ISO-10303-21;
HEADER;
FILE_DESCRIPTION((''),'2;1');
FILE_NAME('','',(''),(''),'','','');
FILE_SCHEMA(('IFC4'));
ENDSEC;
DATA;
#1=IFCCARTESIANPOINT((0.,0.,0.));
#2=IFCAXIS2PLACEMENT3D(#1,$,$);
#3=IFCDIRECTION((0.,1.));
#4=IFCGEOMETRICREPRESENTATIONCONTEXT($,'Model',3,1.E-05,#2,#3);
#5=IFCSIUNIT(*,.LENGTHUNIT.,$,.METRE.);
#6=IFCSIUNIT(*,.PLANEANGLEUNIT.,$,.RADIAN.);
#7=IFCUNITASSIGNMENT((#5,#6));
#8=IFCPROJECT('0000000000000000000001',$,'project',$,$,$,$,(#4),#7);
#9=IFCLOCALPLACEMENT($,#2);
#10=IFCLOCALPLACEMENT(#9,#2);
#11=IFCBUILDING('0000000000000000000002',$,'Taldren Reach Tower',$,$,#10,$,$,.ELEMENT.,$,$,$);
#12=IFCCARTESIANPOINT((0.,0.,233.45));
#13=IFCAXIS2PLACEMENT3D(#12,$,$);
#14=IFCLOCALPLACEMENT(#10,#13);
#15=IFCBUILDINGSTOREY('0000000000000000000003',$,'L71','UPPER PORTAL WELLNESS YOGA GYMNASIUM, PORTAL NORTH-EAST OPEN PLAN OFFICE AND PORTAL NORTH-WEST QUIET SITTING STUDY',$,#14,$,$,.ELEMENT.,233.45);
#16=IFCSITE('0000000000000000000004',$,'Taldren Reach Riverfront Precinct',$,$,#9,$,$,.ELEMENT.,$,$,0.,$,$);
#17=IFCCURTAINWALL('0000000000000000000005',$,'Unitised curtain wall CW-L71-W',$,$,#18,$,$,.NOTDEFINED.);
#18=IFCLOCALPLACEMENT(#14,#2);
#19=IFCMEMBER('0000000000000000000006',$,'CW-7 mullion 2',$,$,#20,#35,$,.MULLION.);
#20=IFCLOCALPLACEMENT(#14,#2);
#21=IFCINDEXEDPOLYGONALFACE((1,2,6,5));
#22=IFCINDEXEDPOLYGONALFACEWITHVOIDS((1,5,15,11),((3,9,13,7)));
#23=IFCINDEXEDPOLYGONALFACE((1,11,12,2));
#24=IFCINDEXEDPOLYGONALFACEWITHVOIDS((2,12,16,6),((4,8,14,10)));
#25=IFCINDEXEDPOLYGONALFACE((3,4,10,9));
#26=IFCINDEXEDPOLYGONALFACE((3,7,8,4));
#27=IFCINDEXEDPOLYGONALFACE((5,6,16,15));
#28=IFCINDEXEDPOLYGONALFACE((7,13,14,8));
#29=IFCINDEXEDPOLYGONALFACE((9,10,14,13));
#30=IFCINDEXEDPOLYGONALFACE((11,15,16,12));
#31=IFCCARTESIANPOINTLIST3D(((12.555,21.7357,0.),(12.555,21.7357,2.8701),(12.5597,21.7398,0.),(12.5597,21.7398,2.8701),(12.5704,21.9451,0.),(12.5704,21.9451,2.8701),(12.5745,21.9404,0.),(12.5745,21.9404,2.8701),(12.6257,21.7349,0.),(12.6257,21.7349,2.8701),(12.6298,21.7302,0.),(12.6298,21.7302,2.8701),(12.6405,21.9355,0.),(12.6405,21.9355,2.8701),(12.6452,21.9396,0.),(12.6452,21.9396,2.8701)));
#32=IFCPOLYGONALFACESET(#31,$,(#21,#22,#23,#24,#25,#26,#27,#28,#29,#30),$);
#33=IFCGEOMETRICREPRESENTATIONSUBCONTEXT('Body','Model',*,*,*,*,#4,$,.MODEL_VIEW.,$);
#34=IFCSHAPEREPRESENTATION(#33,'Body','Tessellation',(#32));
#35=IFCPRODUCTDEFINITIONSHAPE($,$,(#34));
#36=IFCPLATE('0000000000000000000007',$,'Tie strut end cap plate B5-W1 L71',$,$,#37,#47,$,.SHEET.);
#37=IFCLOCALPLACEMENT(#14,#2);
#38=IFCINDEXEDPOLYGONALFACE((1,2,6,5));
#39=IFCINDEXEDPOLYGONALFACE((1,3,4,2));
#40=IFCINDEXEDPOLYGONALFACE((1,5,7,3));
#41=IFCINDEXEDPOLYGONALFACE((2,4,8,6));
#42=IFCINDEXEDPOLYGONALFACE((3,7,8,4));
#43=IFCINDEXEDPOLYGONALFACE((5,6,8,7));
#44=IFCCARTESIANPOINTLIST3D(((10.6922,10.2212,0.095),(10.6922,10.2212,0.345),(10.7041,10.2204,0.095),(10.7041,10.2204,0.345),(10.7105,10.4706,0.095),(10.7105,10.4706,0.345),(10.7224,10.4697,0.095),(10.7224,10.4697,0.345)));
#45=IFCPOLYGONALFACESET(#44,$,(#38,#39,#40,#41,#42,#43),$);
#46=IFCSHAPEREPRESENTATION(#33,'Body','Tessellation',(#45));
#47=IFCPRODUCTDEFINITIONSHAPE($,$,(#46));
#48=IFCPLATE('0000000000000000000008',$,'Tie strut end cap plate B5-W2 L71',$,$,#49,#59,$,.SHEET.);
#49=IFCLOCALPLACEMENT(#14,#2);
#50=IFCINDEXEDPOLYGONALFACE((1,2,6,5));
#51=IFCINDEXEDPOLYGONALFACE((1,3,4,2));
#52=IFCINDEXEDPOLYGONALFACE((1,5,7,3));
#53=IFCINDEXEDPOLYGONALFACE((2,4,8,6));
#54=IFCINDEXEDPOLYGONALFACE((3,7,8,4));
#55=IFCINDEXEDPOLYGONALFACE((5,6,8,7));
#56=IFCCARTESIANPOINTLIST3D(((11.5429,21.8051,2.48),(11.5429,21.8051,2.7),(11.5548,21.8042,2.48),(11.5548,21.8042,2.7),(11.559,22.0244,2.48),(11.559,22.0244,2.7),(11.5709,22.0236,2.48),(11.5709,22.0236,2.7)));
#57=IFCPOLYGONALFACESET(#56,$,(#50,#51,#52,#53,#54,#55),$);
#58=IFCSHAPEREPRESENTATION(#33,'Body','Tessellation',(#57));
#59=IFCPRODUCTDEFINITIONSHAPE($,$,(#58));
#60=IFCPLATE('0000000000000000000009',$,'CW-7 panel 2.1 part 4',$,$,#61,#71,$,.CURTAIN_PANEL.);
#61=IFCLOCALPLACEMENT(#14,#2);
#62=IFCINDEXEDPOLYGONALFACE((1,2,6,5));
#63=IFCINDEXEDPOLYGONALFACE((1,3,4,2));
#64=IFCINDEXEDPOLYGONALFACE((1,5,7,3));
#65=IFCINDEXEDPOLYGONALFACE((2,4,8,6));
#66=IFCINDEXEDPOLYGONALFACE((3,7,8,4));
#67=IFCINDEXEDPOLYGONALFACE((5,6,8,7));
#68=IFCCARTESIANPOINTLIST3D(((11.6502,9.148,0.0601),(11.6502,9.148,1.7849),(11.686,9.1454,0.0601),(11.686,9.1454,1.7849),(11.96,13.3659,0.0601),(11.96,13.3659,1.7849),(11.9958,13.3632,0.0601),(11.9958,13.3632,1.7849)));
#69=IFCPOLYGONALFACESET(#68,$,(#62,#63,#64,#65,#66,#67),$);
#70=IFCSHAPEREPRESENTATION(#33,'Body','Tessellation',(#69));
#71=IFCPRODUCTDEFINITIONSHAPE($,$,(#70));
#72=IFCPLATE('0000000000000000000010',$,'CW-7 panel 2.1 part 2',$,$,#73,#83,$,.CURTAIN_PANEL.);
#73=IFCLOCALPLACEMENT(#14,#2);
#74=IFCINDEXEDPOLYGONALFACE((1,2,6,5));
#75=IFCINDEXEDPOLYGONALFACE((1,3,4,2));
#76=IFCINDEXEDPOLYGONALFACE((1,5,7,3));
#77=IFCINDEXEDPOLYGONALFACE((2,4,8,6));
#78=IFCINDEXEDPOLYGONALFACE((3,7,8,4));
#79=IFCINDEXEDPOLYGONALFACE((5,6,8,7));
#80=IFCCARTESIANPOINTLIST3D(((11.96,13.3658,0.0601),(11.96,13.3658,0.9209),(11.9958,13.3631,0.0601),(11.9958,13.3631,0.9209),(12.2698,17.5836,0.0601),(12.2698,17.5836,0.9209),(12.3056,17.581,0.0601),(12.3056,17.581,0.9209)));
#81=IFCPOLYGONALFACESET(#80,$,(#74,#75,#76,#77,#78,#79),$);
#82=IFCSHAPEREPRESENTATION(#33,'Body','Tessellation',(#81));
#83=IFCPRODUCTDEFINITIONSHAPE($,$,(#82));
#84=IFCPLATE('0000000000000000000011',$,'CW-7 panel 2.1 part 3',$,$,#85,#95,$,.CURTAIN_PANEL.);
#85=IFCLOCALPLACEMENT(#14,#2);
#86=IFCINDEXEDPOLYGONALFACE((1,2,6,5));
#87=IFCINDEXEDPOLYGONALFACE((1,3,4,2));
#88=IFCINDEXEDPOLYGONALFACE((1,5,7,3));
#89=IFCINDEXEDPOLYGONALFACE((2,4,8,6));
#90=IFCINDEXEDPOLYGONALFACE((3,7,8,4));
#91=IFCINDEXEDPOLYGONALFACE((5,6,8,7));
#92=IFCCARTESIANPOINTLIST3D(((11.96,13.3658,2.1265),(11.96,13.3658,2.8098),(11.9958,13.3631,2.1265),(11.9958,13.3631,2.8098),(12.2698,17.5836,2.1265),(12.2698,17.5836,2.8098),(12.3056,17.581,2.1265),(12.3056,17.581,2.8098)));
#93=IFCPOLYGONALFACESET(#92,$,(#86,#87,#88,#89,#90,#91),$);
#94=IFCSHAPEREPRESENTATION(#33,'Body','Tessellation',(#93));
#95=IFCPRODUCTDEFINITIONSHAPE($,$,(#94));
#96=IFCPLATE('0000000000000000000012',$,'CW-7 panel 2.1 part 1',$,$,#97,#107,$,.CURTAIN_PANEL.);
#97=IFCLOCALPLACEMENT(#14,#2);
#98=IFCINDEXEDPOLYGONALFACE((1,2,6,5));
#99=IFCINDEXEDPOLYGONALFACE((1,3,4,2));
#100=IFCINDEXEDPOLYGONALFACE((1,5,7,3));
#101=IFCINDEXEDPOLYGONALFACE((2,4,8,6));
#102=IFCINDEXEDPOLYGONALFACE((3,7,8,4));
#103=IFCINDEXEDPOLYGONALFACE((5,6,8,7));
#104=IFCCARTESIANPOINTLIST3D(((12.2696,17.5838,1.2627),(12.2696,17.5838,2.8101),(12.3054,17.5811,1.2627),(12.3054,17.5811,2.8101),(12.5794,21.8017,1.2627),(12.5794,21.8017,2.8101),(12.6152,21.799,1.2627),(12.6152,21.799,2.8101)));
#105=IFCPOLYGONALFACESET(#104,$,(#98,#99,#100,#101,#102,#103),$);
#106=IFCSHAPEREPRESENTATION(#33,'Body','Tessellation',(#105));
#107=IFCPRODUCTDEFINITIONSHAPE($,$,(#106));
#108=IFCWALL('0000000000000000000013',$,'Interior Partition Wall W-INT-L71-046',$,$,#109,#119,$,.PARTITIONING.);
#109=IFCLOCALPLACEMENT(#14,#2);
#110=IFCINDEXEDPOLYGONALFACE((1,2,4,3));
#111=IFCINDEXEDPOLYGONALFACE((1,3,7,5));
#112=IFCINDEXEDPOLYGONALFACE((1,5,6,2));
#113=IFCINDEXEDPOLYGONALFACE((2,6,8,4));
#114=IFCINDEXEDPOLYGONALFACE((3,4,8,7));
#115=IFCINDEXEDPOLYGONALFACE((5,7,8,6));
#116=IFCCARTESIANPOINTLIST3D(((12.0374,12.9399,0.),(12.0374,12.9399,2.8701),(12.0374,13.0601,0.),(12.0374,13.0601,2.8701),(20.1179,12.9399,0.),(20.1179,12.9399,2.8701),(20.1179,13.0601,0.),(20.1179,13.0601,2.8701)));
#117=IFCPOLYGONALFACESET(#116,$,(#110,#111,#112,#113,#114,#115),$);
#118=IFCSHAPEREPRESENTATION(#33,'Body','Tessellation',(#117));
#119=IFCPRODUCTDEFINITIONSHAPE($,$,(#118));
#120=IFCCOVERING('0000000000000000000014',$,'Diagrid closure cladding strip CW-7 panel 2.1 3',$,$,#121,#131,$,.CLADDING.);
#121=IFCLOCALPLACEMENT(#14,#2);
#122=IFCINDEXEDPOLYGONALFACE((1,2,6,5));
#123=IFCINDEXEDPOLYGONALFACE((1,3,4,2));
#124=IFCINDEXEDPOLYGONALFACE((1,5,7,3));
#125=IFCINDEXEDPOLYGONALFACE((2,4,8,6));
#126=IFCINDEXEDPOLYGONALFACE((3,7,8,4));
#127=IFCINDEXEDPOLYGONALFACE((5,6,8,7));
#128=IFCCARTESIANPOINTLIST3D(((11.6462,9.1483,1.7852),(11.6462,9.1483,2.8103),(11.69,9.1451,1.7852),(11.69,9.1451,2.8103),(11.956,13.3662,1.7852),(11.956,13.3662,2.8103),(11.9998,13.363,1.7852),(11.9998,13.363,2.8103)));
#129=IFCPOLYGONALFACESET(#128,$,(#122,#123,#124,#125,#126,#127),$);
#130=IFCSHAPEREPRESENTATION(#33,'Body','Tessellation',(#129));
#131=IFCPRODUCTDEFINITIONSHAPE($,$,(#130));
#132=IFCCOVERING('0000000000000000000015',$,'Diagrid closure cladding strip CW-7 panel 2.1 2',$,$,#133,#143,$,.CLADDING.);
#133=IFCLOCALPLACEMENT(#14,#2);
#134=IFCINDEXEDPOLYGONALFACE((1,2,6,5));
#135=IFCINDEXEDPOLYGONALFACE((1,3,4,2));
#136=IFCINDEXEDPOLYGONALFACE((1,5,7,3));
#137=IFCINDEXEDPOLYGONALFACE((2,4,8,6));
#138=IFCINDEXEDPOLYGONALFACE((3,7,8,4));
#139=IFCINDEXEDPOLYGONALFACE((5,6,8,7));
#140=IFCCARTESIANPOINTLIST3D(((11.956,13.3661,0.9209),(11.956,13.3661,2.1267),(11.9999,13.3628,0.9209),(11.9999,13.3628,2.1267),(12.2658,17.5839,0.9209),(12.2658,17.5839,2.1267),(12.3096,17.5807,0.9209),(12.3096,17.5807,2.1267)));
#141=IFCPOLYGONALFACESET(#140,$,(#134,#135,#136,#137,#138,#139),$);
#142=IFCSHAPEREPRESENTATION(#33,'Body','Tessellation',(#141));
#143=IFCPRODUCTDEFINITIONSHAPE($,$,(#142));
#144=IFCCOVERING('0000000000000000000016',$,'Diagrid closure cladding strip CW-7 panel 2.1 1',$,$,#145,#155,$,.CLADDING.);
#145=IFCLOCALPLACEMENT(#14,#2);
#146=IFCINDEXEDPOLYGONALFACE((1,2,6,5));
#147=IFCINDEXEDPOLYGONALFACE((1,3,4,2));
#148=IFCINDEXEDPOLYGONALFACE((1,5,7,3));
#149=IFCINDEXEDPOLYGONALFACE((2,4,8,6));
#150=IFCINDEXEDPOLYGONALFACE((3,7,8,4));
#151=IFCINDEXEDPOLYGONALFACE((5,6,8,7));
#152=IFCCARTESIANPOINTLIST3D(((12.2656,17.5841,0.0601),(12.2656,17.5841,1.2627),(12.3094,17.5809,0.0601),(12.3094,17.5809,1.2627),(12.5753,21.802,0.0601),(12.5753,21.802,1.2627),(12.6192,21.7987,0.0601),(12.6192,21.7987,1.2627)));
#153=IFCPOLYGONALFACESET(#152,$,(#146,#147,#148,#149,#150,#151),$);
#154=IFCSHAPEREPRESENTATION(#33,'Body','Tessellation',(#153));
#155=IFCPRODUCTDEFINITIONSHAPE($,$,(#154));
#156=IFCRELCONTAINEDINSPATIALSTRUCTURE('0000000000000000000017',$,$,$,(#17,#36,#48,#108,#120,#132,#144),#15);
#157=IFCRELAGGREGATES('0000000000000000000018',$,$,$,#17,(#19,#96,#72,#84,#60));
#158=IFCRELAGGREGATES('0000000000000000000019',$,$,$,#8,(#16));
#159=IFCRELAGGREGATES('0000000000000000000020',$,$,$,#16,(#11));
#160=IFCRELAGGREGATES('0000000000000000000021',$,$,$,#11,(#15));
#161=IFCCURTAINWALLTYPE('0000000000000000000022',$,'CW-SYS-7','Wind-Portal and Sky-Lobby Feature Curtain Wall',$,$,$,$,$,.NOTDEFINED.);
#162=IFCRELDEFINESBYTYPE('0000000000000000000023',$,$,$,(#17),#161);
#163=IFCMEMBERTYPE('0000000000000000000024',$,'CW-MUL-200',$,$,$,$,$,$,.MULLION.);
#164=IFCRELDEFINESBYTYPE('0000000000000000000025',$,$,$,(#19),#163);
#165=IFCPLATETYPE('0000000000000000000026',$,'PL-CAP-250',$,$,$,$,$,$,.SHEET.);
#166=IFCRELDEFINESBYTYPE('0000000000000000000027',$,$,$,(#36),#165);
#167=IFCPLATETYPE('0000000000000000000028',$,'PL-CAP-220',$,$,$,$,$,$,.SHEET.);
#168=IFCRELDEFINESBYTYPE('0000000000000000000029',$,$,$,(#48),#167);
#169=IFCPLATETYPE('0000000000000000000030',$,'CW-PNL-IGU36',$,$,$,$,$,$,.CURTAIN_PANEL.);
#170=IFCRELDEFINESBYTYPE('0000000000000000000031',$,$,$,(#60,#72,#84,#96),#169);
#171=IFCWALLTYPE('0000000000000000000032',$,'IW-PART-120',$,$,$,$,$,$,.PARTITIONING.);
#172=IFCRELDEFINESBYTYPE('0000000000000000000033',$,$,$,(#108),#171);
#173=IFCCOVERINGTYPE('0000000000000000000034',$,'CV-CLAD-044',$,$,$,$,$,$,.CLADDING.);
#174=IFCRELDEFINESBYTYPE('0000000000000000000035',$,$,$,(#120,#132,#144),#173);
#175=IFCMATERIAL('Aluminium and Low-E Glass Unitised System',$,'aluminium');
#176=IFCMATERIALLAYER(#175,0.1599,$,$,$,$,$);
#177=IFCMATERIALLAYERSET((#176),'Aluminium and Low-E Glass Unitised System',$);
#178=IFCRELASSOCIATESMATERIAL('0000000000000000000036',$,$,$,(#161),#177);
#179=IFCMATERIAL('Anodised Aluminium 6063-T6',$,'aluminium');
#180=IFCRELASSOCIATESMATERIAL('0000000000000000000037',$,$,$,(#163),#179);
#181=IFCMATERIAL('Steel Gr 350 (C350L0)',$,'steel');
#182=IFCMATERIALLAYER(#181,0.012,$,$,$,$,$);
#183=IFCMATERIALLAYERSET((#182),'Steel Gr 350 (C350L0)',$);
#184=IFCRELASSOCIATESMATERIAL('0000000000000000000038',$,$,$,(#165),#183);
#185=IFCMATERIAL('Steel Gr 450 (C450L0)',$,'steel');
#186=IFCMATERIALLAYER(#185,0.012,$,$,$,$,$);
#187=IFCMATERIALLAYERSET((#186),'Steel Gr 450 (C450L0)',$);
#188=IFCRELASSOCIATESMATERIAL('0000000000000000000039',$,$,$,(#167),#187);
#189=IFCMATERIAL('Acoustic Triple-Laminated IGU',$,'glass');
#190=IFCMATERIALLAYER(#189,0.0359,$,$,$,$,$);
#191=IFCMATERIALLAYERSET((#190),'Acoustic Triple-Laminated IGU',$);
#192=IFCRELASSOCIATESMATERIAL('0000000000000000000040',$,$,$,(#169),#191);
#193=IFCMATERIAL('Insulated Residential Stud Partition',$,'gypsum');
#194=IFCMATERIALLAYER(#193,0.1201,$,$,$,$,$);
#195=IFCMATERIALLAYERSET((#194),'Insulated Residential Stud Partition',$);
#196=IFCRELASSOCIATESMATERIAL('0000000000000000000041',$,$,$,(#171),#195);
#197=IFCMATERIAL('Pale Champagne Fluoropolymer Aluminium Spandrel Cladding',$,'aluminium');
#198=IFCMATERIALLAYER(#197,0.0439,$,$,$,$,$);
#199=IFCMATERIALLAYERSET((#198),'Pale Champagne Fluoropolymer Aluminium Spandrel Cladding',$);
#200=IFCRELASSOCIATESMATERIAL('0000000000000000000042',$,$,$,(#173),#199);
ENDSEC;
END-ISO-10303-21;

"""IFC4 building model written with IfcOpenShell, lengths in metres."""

from ifc_helpers import new_model, si_unit, direction, frame, frame_2d, origin, origin_2d, place, context, subcontext, project, spatial, rectangle, hollow_rectangle, extrude, source, transform, mapped, material, layer, layer_set, material_profile, profile_set, type_object, element, aggregate, save


model = new_model("IFC4")

# Units and contexts
model_context = context("Model", 3, precision=1e-05, world=origin(), true_north=direction((0.0, 1.0)))
body_context = subcontext(model_context, "Body", "Model", "MODEL_VIEW")
ifc_project = project(units=[si_unit("LENGTHUNIT", "METRE"), si_unit("PLANEANGLEUNIT", "RADIAN")], contexts=[model_context])

# Site, building, storey
site_placement = place(None, origin())
site = spatial("IfcSite", under=ifc_project, at=site_placement, Name="Taldren Reach Riverfront Precinct", CompositionType="ELEMENT", RefElevation=0.0)
building_placement = place(site_placement, origin())
building = spatial("IfcBuilding", under=site, at=building_placement, Name="Taldren Reach Tower", CompositionType="ELEMENT")
storey_placement = place(building_placement, frame((0.0, 0.0, 233.45)))
storey = spatial("IfcBuildingStorey", under=building, at=storey_placement, Name="L71", Description="UPPER PORTAL WELLNESS YOGA GYMNASIUM, PORTAL NORTH-EAST OPEN PLAN OFFICE AND PORTAL NORTH-WEST QUIET SITTING STUDY", CompositionType="ELEMENT", Elevation=233.45)

# Shared definitions
ifc_material_1 = material(Name="Steel Gr 450 (C450L0)", Category="steel")

# Shared definitions
ifc_material_2 = material(Name="Steel Gr 350 (C350L0)", Category="steel")

# Curtain wall, member
ifc_material_3 = material(Name="Aluminium and Low-E Glass Unitised System", Category="aluminium")
ifc_layer_1 = layer(ifc_material_3, 0.1599)
ifc_layer_set_1 = layer_set([ifc_layer_1], Name="Aluminium and Low-E Glass Unitised System")
curtain_wall_type = type_object("IfcCurtainWallType", Name="CW-SYS-7", Description="Wind-Portal and Sky-Lobby Feature Curtain Wall", PredefinedType="NOTDEFINED", material=ifc_layer_set_1)
curtain_wall_placement = place(storey_placement, origin())
curtain_wall = element("IfcCurtainWall", 1, at=curtain_wall_placement, inside=storey, type_object=curtain_wall_type, Name="Unitised curtain wall CW-L71-W", PredefinedType="NOTDEFINED")
ifc_material_4 = material(Name="Anodised Aluminium 6063-T6", Category="aluminium")
ifc_material_profile_1 = material_profile(ifc_material_4, hollow_rectangle(XDim=0.075, YDim=0.21, WallThickness=0.0044, at=origin_2d()), Name="ALU-210x75x4.5RHS")
ifc_profile_set_1 = profile_set([ifc_material_profile_1], Name="Anodised Aluminium 6063-T6")
member_type_1 = type_object("IfcMemberType", Name="CW-MUL-200", PredefinedType="MULLION", material=ifc_profile_set_1)
shared_shape_1 = source(origin(), body_context, "Body", "SweptSolid", [
    extrude(hollow_rectangle(XDim=0.075, YDim=0.21, WallThickness=0.0044, at=origin_2d()), origin(), (0.0, 0.0, 1.0), 2.8701),
])
member_1_placement = place(storey_placement, frame((12.6001, 21.8376, 0.0), z_axis=(0.0, 0.0, 1.0), x_axis=(0.997314, -0.073238, 0.0)))
member_1 = element("IfcMember", 2, at=member_1_placement, type_object=member_type_1, Name="CW-7 mullion 2", PredefinedType="MULLION", context=body_context, shape_type="MappedRepresentation", body=[
    mapped(shared_shape_1, transform((0.0, 0.0, 0.0), scale=1.0)),
])

# Plates
ifc_layer_2 = layer(ifc_material_2, 0.012)
ifc_layer_set_2 = layer_set([ifc_layer_2], Name="Steel Gr 350 (C350L0)")
plate_type_1 = type_object("IfcPlateType", Name="PL-CAP-250", PredefinedType="SHEET", material=ifc_layer_set_2)
shared_shape_2 = source(origin(), body_context, "Body", "SweptSolid", [
    extrude(rectangle(XDim=0.012, YDim=0.25, at=origin_2d()), origin(), (0.0, 0.0, 1.0), 0.25),
])
plate_1_placement = place(storey_placement, frame((10.7073, 10.3455, 0.095), z_axis=(0.0, 0.0, 1.0), x_axis=(0.997314, -0.073238, 0.0)))
element("IfcPlate", 3, at=plate_1_placement, inside=storey, type_object=plate_type_1, Name="Tie strut end cap plate B5-W1 L71", PredefinedType="SHEET", context=body_context, shape_type="MappedRepresentation", body=[
    mapped(shared_shape_2, transform((0.0, 0.0, 0.0), scale=1.0)),
])
ifc_layer_3 = layer(ifc_material_1, 0.012)
ifc_layer_set_3 = layer_set([ifc_layer_3], Name="Steel Gr 450 (C450L0)")
plate_type_2 = type_object("IfcPlateType", Name="PL-CAP-220", PredefinedType="SHEET", material=ifc_layer_set_3)
shared_shape_3 = source(origin(), body_context, "Body", "SweptSolid", [
    extrude(rectangle(XDim=0.012, YDim=0.22, at=origin_2d()), origin(), (0.0, 0.0, 1.0), 0.22),
])
plate_2_placement = place(storey_placement, frame((11.5569, 21.9143, 2.48), z_axis=(0.0, 0.0, 1.0), x_axis=(0.997314, -0.073238, 0.0)))
element("IfcPlate", 4, at=plate_2_placement, inside=storey, type_object=plate_type_2, Name="Tie strut end cap plate B5-W2 L71", PredefinedType="SHEET", context=body_context, shape_type="MappedRepresentation", body=[
    mapped(shared_shape_3, transform((0.0, 0.0, 0.0), scale=1.0)),
])

# Plates
ifc_material_5 = material(Name="Acoustic Triple-Laminated IGU", Category="glass")
ifc_layer_4 = layer(ifc_material_5, 0.0359)
ifc_layer_set_4 = layer_set([ifc_layer_4], Name="Acoustic Triple-Laminated IGU")
plate_type_3 = type_object("IfcPlateType", Name="CW-PNL-IGU36", PredefinedType="CURTAIN_PANEL", material=ifc_layer_set_4)
shared_shape_4 = source(origin(), body_context, "Body", "SweptSolid", [
    extrude(rectangle(XDim=4.2292, YDim=0.0359, at=origin_2d()), origin(), (0.0, 0.0, 1.0), 1.7249),
])
plate_3_placement = place(storey_placement, frame((11.823, 11.2556, 0.0601), z_axis=(0.0, 0.0, 1.0), x_axis=(-0.073238, -0.997314, 0.0)))
plate_3 = element("IfcPlate", 5, at=plate_3_placement, type_object=plate_type_3, Name="CW-7 panel 2.1 part 4", PredefinedType="CURTAIN_PANEL", context=body_context, shape_type="MappedRepresentation", body=[
    mapped(shared_shape_4, transform((0.0, 0.0, 0.0), scale=1.0)),
])
shared_shape_5 = source(origin(), body_context, "Body", "SweptSolid", [
    extrude(rectangle(XDim=4.2292, YDim=0.0359, at=origin_2d()), origin(), (0.0, 0.0, 1.0), 0.8608),
])
plate_4_placement = place(storey_placement, frame((12.1328, 15.4734, 0.0601), z_axis=(0.0, 0.0, 1.0), x_axis=(-0.073238, -0.997314, 0.0)))
plate_4 = element("IfcPlate", 6, at=plate_4_placement, type_object=plate_type_3, Name="CW-7 panel 2.1 part 2", PredefinedType="CURTAIN_PANEL", context=body_context, shape_type="MappedRepresentation", body=[
    mapped(shared_shape_5, transform((0.0, 0.0, 0.0), scale=1.0)),
])
shared_shape_6 = source(origin(), body_context, "Body", "SweptSolid", [
    extrude(rectangle(XDim=4.2292, YDim=0.0359, at=origin_2d()), origin(), (0.0, 0.0, 1.0), 0.6833),
])
plate_5_placement = place(storey_placement, frame((12.1328, 15.4734, 2.1265), z_axis=(0.0, 0.0, 1.0), x_axis=(-0.073238, -0.997314, 0.0)))
plate_5 = element("IfcPlate", 7, at=plate_5_placement, type_object=plate_type_3, Name="CW-7 panel 2.1 part 3", PredefinedType="CURTAIN_PANEL", context=body_context, shape_type="MappedRepresentation", body=[
    mapped(shared_shape_6, transform((0.0, 0.0, 0.0), scale=1.0)),
])
shared_shape_7 = source(origin(), body_context, "Body", "SweptSolid", [
    extrude(rectangle(XDim=4.2292, YDim=0.0359, at=origin_2d()), origin(), (0.0, 0.0, 1.0), 1.5474),
])
plate_6_placement = place(storey_placement, frame((12.4424, 19.6914, 1.2627), z_axis=(0.0, 0.0, 1.0), x_axis=(-0.073238, -0.997314, 0.0)))
plate_6 = element("IfcPlate", 8, at=plate_6_placement, type_object=plate_type_3, Name="CW-7 panel 2.1 part 1", PredefinedType="CURTAIN_PANEL", context=body_context, shape_type="MappedRepresentation", body=[
    mapped(shared_shape_7, transform((0.0, 0.0, 0.0), scale=1.0)),
])
aggregate(curtain_wall, [member_1, plate_6, plate_4, plate_5, plate_3])

# Wall
ifc_material_6 = material(Name="Insulated Residential Stud Partition", Category="gypsum")
ifc_layer_5 = layer(ifc_material_6, 0.1201)
ifc_layer_set_5 = layer_set([ifc_layer_5], Name="Insulated Residential Stud Partition")
wall_type = type_object("IfcWallType", Name="IW-PART-120", PredefinedType="PARTITIONING", material=ifc_layer_set_5)
shared_shape_8 = source(origin(), body_context, "Body", "SweptSolid", [
    extrude(rectangle(XDim=8.0806, YDim=0.1201, at=frame_2d((4.0403, 0.0))), origin(), (0.0, 0.0, 1.0), 2.8701),
])
wall_placement = place(storey_placement, frame((12.0374, 13.0, 0.0), z_axis=(0.0, 0.0, 1.0), x_axis=(1.0, 0.0, 0.0)))
element("IfcWall", 9, at=wall_placement, inside=storey, type_object=wall_type, Name="Interior Partition Wall W-INT-L71-046", PredefinedType="PARTITIONING", context=body_context, shape_type="MappedRepresentation", body=[
    mapped(shared_shape_8, transform((0.0, 0.0, 0.0), scale=1.0)),
])

# Coverings
ifc_material_7 = material(Name="Pale Champagne Fluoropolymer Aluminium Spandrel Cladding", Category="aluminium")
ifc_layer_6 = layer(ifc_material_7, 0.0439)
ifc_layer_set_6 = layer_set([ifc_layer_6], Name="Pale Champagne Fluoropolymer Aluminium Spandrel Cladding")
covering_type = type_object("IfcCoveringType", Name="CV-CLAD-044", PredefinedType="CLADDING", material=ifc_layer_set_6)
shared_shape_9 = source(origin(), body_context, "Body", "SweptSolid", [
    extrude(rectangle(XDim=4.2292, YDim=0.0439, at=origin_2d()), origin(), (0.0, 0.0, 1.0), 1.0251),
])
covering_1_placement = place(storey_placement, frame((11.823, 11.2556, 1.7852), z_axis=(0.0, 0.0, 1.0), x_axis=(-0.073238, -0.997314, 0.0)))
element("IfcCovering", 10, at=covering_1_placement, inside=storey, type_object=covering_type, Name="Diagrid closure cladding strip CW-7 panel 2.1 3", PredefinedType="CLADDING", context=body_context, shape_type="MappedRepresentation", body=[
    mapped(shared_shape_9, transform((0.0, 0.0, 0.0), scale=1.0)),
])
shared_shape_10 = source(origin(), body_context, "Body", "SweptSolid", [
    extrude(rectangle(XDim=4.2292, YDim=0.0439, at=origin_2d()), origin(), (0.0, 0.0, 1.0), 1.2058),
])
covering_2_placement = place(storey_placement, frame((12.1328, 15.4734, 0.9209), z_axis=(0.0, 0.0, 1.0), x_axis=(-0.073238, -0.997314, 0.0)))
element("IfcCovering", 11, at=covering_2_placement, inside=storey, type_object=covering_type, Name="Diagrid closure cladding strip CW-7 panel 2.1 2", PredefinedType="CLADDING", context=body_context, shape_type="MappedRepresentation", body=[
    mapped(shared_shape_10, transform((0.0, 0.0, 0.0), scale=1.0)),
])
shared_shape_11 = source(origin(), body_context, "Body", "SweptSolid", [
    extrude(rectangle(XDim=4.2292, YDim=0.0439, at=origin_2d()), origin(), (0.0, 0.0, 1.0), 1.2026),
])
covering_3_placement = place(storey_placement, frame((12.4424, 19.6914, 0.0601), z_axis=(0.0, 0.0, 1.0), x_axis=(-0.073238, -0.997314, 0.0)))
element("IfcCovering", 12, at=covering_3_placement, inside=storey, type_object=covering_type, Name="Diagrid closure cladding strip CW-7 panel 2.1 1", PredefinedType="CLADDING", context=body_context, shape_type="MappedRepresentation", body=[
    mapped(shared_shape_11, transform((0.0, 0.0, 0.0), scale=1.0)),
])

save(model, "model.ifc")
